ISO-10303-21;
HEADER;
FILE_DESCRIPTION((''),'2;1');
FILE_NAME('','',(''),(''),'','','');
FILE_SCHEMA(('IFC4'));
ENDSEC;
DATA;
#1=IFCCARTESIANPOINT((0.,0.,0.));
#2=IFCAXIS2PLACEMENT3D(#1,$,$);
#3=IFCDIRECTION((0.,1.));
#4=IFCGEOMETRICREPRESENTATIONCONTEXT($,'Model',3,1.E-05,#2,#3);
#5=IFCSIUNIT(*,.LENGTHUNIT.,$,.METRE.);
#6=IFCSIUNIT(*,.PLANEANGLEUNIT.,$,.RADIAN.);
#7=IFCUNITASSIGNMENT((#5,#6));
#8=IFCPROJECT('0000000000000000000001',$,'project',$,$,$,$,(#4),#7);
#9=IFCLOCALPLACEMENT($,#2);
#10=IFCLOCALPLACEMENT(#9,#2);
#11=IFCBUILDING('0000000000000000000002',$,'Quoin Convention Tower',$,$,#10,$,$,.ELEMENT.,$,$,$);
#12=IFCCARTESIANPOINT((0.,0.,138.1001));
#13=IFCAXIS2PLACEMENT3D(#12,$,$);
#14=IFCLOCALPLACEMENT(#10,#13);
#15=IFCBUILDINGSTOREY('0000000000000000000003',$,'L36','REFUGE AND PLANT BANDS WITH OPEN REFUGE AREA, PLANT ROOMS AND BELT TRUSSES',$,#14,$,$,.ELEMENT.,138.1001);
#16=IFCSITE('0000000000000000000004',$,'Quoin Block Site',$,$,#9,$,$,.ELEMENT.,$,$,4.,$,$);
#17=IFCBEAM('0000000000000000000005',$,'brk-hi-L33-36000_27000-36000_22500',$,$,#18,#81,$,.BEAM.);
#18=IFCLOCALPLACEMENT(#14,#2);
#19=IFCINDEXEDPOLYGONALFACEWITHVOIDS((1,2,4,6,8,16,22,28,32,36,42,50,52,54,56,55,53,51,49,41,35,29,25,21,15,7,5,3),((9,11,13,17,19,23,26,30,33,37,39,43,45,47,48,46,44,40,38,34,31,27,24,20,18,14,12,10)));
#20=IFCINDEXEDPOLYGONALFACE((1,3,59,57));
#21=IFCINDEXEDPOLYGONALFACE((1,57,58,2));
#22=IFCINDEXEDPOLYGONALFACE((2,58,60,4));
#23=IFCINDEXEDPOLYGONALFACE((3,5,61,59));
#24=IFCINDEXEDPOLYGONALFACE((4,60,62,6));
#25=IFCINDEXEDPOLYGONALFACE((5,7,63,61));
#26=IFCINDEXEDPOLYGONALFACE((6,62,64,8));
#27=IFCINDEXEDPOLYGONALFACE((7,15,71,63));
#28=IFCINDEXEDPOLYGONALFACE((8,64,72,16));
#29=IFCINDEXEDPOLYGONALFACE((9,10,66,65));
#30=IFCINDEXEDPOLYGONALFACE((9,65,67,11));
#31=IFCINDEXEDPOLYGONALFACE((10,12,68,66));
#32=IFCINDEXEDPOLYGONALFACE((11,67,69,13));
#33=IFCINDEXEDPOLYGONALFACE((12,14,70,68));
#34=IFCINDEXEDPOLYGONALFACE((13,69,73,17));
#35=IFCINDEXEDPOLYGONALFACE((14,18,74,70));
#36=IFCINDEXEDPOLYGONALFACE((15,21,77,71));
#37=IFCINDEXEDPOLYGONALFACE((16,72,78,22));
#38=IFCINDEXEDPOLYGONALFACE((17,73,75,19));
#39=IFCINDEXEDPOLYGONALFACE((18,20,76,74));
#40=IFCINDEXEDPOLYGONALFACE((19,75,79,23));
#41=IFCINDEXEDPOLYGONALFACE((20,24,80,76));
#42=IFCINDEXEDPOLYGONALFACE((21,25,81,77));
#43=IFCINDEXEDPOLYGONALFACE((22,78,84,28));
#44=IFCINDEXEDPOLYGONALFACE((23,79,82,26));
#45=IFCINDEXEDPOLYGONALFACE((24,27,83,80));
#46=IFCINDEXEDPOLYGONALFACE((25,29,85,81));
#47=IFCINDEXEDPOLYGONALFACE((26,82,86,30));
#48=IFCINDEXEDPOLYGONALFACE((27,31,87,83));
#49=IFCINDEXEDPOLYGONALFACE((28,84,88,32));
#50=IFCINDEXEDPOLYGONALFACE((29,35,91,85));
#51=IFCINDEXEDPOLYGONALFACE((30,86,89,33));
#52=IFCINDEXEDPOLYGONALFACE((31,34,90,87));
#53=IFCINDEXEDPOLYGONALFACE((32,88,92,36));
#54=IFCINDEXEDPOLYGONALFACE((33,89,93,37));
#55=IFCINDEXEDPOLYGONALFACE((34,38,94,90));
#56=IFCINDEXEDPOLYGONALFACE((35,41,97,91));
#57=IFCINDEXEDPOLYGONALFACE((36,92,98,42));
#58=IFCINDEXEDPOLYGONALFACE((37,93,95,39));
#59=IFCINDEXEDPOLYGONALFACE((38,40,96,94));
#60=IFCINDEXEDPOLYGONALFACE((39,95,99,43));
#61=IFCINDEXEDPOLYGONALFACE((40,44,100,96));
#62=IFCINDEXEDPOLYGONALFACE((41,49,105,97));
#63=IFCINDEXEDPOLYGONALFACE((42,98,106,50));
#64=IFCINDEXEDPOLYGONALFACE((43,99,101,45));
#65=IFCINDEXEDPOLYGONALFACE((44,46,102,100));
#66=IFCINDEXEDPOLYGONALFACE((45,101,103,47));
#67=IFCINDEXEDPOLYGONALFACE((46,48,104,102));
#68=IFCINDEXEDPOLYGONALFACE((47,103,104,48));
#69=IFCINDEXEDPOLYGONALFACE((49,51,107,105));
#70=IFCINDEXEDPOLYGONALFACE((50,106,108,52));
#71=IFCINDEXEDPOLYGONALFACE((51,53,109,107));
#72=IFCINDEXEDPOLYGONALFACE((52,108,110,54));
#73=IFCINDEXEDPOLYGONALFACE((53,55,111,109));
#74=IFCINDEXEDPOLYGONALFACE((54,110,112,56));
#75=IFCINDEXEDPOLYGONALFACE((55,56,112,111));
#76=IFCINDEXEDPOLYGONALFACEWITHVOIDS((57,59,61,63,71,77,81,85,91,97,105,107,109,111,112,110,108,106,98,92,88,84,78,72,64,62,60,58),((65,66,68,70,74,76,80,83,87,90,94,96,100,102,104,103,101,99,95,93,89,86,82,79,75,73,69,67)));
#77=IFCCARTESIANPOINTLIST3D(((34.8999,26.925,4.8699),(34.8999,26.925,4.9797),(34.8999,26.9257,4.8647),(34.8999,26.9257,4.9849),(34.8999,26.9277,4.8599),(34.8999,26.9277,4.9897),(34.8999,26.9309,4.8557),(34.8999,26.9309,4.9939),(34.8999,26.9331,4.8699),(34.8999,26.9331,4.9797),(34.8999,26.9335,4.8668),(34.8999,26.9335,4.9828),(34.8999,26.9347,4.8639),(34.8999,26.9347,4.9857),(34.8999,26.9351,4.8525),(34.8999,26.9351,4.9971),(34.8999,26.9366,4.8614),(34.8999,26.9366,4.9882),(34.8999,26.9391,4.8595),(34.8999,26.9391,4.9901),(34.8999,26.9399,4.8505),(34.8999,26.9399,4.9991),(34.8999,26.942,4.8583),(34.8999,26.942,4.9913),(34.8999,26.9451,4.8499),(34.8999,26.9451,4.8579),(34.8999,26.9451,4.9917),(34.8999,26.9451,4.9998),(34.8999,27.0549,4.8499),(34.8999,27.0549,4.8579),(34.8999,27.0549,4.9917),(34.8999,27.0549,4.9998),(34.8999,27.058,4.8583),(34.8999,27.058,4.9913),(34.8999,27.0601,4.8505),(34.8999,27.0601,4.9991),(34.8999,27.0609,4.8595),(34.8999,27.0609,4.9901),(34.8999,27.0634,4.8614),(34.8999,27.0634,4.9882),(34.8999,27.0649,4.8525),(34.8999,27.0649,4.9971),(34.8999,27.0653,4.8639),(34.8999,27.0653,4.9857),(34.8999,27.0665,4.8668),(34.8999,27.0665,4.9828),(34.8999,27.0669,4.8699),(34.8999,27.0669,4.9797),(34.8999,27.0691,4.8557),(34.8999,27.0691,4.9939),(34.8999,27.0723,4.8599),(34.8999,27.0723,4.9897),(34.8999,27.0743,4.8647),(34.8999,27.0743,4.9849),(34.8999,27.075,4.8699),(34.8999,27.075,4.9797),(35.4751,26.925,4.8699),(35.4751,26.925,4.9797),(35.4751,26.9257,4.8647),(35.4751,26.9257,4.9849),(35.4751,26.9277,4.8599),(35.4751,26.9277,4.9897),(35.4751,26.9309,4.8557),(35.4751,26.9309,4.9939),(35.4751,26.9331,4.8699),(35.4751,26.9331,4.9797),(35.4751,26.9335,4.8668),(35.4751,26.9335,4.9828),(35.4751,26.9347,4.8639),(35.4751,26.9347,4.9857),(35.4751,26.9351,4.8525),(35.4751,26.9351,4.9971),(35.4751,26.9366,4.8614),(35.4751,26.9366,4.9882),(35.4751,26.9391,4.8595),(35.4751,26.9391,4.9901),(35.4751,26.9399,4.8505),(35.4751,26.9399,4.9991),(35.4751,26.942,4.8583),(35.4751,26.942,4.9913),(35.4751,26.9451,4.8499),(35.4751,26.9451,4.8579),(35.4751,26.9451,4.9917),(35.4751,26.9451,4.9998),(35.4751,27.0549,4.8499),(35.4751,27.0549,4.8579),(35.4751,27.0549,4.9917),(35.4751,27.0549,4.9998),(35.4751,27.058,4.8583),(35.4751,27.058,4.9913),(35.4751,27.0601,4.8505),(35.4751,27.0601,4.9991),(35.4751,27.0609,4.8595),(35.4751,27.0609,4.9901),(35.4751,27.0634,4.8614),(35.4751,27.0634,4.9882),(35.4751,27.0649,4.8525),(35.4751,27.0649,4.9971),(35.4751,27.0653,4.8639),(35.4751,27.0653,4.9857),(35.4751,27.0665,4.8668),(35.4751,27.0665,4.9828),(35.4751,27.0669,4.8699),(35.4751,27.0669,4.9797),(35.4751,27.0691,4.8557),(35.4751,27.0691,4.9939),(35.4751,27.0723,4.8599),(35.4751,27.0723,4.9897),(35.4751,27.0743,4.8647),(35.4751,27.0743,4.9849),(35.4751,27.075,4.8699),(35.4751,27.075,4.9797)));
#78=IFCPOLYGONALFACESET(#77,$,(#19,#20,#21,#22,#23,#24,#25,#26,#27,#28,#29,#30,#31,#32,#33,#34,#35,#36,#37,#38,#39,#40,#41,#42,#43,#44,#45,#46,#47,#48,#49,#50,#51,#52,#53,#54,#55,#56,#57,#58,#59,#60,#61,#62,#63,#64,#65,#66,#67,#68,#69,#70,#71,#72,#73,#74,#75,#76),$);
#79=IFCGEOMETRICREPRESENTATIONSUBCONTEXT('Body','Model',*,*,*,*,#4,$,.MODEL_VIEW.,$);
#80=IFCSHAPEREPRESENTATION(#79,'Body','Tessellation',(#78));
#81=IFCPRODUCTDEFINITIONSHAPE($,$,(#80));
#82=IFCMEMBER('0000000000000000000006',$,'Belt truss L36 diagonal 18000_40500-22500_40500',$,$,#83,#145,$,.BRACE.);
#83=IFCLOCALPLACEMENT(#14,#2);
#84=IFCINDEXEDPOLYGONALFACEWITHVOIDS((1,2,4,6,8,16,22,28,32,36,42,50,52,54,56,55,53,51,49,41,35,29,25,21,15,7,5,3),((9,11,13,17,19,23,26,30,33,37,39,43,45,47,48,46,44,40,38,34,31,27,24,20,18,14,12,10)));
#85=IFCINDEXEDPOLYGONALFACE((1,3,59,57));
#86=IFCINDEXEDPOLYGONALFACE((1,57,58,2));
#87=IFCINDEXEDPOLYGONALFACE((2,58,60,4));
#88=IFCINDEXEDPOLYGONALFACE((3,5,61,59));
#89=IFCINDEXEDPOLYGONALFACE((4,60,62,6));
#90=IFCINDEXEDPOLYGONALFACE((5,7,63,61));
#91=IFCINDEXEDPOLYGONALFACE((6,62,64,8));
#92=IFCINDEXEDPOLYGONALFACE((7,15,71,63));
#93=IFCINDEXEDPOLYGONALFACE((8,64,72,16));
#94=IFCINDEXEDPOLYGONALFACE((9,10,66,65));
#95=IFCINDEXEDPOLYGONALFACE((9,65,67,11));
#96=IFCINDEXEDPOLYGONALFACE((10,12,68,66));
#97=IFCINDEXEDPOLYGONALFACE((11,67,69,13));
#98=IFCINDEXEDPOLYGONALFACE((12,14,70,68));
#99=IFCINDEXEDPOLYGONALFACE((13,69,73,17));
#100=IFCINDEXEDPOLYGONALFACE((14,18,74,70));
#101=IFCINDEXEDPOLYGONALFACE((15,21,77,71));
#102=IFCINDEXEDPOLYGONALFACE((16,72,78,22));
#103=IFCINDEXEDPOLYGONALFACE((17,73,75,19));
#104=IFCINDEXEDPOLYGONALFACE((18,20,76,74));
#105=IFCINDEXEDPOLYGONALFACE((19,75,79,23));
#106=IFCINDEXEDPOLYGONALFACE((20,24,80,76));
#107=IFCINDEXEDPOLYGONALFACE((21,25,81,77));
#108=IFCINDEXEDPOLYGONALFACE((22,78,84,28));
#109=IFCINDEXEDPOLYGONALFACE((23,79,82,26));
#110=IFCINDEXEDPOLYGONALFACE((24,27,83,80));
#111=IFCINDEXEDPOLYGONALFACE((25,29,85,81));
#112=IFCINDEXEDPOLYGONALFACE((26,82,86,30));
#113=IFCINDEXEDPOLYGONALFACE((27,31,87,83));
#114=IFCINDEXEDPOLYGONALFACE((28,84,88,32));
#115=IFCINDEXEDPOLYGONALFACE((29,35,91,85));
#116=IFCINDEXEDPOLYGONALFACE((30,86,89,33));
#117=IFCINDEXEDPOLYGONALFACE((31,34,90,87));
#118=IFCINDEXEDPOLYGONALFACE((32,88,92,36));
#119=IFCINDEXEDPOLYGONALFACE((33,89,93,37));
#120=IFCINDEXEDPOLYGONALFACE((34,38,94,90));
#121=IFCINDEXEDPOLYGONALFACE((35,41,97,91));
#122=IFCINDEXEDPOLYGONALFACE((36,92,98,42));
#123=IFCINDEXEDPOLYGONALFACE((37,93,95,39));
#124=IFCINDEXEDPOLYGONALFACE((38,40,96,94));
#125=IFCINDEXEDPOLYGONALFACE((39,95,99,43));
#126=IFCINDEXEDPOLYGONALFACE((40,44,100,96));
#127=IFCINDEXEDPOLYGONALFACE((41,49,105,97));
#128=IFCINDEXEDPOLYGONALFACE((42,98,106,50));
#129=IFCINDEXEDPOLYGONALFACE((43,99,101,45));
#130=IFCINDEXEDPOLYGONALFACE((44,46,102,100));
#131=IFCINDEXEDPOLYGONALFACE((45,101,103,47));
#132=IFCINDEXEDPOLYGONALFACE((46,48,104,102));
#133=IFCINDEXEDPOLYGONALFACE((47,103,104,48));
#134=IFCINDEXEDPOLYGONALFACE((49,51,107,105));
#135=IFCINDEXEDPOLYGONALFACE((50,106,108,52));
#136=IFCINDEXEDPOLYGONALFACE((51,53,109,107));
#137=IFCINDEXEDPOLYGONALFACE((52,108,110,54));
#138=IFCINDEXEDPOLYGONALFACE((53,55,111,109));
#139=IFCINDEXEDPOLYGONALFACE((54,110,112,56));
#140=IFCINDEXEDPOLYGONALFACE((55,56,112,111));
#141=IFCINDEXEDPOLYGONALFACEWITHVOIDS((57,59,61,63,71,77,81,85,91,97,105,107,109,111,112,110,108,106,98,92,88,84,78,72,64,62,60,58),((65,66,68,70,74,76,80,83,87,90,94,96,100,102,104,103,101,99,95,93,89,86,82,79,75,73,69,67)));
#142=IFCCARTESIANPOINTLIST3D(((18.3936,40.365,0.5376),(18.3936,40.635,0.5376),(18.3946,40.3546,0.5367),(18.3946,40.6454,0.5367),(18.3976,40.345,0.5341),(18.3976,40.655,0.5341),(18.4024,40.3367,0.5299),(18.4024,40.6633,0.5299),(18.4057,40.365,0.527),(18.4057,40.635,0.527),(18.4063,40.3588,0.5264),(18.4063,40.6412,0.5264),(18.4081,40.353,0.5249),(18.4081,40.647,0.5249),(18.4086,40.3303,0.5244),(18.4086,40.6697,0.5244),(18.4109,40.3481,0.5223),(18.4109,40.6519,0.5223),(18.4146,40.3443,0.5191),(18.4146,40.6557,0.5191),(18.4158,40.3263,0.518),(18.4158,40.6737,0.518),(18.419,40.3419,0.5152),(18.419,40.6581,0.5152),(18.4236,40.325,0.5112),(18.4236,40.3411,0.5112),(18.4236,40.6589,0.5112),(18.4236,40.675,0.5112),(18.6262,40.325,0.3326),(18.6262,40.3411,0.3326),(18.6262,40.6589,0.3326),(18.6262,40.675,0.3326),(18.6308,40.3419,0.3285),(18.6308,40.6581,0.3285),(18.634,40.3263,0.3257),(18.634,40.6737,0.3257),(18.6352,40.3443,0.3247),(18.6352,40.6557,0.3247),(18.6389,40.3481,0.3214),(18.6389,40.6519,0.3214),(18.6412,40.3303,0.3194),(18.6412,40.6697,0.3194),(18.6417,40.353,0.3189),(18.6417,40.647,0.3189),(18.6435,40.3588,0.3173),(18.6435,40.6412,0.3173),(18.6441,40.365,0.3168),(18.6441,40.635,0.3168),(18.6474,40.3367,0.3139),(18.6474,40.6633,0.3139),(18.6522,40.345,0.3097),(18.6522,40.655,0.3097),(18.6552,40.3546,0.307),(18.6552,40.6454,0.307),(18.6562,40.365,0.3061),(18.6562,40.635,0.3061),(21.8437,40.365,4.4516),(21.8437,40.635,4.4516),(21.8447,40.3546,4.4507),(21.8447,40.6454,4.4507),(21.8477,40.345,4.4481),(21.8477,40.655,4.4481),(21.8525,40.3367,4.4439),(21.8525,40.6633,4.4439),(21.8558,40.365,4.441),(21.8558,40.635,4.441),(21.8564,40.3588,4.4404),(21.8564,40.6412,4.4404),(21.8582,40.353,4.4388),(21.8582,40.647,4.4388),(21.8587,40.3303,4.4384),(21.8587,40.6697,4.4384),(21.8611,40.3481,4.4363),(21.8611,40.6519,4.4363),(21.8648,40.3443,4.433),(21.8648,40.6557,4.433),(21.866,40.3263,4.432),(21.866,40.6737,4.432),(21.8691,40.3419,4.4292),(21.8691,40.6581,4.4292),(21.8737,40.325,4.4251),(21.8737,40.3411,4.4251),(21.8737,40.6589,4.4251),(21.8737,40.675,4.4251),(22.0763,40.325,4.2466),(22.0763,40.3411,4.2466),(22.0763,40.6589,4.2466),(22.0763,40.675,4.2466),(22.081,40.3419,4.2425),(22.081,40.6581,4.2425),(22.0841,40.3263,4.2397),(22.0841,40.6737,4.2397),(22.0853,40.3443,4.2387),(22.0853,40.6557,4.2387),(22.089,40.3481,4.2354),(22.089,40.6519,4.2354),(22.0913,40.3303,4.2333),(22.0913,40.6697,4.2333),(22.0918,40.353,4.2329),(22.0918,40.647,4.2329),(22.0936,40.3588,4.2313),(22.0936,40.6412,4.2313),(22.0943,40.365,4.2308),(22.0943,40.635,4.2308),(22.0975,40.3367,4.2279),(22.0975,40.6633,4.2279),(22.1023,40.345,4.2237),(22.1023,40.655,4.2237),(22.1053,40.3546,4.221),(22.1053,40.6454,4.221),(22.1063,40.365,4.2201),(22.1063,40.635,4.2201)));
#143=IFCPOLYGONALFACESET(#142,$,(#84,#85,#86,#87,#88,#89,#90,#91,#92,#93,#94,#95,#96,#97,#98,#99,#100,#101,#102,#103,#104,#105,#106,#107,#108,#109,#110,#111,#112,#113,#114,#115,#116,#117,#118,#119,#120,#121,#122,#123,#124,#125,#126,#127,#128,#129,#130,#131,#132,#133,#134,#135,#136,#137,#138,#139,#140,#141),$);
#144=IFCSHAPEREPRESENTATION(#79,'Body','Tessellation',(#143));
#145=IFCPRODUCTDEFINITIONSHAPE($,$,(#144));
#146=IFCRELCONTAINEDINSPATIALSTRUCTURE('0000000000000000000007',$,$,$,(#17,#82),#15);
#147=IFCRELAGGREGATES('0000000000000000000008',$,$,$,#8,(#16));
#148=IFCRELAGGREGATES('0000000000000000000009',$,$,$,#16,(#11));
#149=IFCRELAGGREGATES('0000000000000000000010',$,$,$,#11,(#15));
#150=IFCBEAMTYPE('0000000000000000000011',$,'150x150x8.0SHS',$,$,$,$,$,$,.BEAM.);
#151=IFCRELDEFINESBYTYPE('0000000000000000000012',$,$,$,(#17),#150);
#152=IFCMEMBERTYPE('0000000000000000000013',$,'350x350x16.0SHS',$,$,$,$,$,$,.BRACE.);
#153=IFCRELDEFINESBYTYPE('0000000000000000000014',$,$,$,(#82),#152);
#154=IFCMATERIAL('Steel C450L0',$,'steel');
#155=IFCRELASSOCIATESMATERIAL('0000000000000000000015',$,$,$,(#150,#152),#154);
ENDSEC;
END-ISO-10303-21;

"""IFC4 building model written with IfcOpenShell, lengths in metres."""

from ifc_helpers import new_model, si_unit, direction, frame, origin, origin_2d, place, context, subcontext, project, spatial, hollow_rectangle, extrude, material, material_profile, profile_set, type_object, element, save


model = new_model("IFC4")

# Units and contexts
model_context = context("Model", 3, precision=1e-05, world=origin(), true_north=direction((0.0, 1.0)))
body_context = subcontext(model_context, "Body", "Model", "MODEL_VIEW")
ifc_project = project(units=[si_unit("LENGTHUNIT", "METRE"), si_unit("PLANEANGLEUNIT", "RADIAN")], contexts=[model_context])

# Site, building, storey
site_placement = place(None, origin())
site = spatial("IfcSite", under=ifc_project, at=site_placement, Name="Quoin Block Site", CompositionType="ELEMENT", RefElevation=4.0)
building_placement = place(site_placement, origin())
building = spatial("IfcBuilding", under=site, at=building_placement, Name="Quoin Convention Tower", CompositionType="ELEMENT")
storey_placement = place(building_placement, frame((0.0, 0.0, 138.1001)))
storey = spatial("IfcBuildingStorey", under=building, at=storey_placement, Name="L36", Description="REFUGE AND PLANT BANDS WITH OPEN REFUGE AREA, PLANT ROOMS AND BELT TRUSSES", CompositionType="ELEMENT", Elevation=138.1001)

# Beam
ifc_material_1 = material(Name="Steel C450L0", Category="steel")
ifc_material_profile_1 = material_profile(ifc_material_1, hollow_rectangle(XDim=0.1499, YDim=0.1499, WallThickness=0.0081, InnerFilletRadius=0.012, OuterFilletRadius=0.02, at=origin_2d()), Name="150x150x8.0SHS")
ifc_profile_set_1 = profile_set([ifc_material_profile_1], Name="Steel C450L0")
beam_type_1 = type_object("IfcBeamType", Name="150x150x8.0SHS", PredefinedType="BEAM", material=ifc_profile_set_1)
for number, where, z_axis, x_axis, name in (
    (1, (35.4751, 27.0, 4.9248), (-1.0, 0.0, 0.0), (0.0, -1.0, 0.0), "brk-hi-L33-36000_27000-36000_22500"),
):
    element("IfcBeam", number, at=place(storey_placement, frame(where, z_axis=z_axis, x_axis=x_axis)), inside=storey, type_object=beam_type_1, Name=name, PredefinedType="BEAM", context=body_context, shape_type="SweptSolid", body=[
        extrude(hollow_rectangle(XDim=0.1499, YDim=0.1499, WallThickness=0.0081, InnerFilletRadius=0.012, OuterFilletRadius=0.02, at=origin_2d()), origin(), (0.0, 0.0, 1.0), 0.5752),
    ])

# Member
ifc_material_profile_2 = material_profile(ifc_material_1, hollow_rectangle(XDim=0.3501, YDim=0.3501, WallThickness=0.0161, InnerFilletRadius=0.0239, OuterFilletRadius=0.04, at=origin_2d()), Name="350x350x16.0SHS")
ifc_profile_set_2 = profile_set([ifc_material_profile_2], Name="Steel C450L0")
member_type_1 = type_object("IfcMemberType", Name="350x350x16.0SHS", PredefinedType="BRACE", material=ifc_profile_set_2)
for number, where, z_axis, x_axis, name in (
    (2, (18.5249, 40.5, 0.4219), (0.661256, 0.0, 0.75016), (0.0, 1.0, 0.0), "Belt truss L36 diagonal 18000_40500-22500_40500"),
):
    element("IfcMember", number, at=place(storey_placement, frame(where, z_axis=z_axis, x_axis=x_axis)), inside=storey, type_object=member_type_1, Name=name, PredefinedType="BRACE", context=body_context, shape_type="SweptSolid", body=[
        extrude(hollow_rectangle(XDim=0.3501, YDim=0.3501, WallThickness=0.0161, InnerFilletRadius=0.0239, OuterFilletRadius=0.04, at=origin_2d()), origin(), (0.0, 0.0, 1.0), 5.2175),
    ])

save(model, "model.ifc")
